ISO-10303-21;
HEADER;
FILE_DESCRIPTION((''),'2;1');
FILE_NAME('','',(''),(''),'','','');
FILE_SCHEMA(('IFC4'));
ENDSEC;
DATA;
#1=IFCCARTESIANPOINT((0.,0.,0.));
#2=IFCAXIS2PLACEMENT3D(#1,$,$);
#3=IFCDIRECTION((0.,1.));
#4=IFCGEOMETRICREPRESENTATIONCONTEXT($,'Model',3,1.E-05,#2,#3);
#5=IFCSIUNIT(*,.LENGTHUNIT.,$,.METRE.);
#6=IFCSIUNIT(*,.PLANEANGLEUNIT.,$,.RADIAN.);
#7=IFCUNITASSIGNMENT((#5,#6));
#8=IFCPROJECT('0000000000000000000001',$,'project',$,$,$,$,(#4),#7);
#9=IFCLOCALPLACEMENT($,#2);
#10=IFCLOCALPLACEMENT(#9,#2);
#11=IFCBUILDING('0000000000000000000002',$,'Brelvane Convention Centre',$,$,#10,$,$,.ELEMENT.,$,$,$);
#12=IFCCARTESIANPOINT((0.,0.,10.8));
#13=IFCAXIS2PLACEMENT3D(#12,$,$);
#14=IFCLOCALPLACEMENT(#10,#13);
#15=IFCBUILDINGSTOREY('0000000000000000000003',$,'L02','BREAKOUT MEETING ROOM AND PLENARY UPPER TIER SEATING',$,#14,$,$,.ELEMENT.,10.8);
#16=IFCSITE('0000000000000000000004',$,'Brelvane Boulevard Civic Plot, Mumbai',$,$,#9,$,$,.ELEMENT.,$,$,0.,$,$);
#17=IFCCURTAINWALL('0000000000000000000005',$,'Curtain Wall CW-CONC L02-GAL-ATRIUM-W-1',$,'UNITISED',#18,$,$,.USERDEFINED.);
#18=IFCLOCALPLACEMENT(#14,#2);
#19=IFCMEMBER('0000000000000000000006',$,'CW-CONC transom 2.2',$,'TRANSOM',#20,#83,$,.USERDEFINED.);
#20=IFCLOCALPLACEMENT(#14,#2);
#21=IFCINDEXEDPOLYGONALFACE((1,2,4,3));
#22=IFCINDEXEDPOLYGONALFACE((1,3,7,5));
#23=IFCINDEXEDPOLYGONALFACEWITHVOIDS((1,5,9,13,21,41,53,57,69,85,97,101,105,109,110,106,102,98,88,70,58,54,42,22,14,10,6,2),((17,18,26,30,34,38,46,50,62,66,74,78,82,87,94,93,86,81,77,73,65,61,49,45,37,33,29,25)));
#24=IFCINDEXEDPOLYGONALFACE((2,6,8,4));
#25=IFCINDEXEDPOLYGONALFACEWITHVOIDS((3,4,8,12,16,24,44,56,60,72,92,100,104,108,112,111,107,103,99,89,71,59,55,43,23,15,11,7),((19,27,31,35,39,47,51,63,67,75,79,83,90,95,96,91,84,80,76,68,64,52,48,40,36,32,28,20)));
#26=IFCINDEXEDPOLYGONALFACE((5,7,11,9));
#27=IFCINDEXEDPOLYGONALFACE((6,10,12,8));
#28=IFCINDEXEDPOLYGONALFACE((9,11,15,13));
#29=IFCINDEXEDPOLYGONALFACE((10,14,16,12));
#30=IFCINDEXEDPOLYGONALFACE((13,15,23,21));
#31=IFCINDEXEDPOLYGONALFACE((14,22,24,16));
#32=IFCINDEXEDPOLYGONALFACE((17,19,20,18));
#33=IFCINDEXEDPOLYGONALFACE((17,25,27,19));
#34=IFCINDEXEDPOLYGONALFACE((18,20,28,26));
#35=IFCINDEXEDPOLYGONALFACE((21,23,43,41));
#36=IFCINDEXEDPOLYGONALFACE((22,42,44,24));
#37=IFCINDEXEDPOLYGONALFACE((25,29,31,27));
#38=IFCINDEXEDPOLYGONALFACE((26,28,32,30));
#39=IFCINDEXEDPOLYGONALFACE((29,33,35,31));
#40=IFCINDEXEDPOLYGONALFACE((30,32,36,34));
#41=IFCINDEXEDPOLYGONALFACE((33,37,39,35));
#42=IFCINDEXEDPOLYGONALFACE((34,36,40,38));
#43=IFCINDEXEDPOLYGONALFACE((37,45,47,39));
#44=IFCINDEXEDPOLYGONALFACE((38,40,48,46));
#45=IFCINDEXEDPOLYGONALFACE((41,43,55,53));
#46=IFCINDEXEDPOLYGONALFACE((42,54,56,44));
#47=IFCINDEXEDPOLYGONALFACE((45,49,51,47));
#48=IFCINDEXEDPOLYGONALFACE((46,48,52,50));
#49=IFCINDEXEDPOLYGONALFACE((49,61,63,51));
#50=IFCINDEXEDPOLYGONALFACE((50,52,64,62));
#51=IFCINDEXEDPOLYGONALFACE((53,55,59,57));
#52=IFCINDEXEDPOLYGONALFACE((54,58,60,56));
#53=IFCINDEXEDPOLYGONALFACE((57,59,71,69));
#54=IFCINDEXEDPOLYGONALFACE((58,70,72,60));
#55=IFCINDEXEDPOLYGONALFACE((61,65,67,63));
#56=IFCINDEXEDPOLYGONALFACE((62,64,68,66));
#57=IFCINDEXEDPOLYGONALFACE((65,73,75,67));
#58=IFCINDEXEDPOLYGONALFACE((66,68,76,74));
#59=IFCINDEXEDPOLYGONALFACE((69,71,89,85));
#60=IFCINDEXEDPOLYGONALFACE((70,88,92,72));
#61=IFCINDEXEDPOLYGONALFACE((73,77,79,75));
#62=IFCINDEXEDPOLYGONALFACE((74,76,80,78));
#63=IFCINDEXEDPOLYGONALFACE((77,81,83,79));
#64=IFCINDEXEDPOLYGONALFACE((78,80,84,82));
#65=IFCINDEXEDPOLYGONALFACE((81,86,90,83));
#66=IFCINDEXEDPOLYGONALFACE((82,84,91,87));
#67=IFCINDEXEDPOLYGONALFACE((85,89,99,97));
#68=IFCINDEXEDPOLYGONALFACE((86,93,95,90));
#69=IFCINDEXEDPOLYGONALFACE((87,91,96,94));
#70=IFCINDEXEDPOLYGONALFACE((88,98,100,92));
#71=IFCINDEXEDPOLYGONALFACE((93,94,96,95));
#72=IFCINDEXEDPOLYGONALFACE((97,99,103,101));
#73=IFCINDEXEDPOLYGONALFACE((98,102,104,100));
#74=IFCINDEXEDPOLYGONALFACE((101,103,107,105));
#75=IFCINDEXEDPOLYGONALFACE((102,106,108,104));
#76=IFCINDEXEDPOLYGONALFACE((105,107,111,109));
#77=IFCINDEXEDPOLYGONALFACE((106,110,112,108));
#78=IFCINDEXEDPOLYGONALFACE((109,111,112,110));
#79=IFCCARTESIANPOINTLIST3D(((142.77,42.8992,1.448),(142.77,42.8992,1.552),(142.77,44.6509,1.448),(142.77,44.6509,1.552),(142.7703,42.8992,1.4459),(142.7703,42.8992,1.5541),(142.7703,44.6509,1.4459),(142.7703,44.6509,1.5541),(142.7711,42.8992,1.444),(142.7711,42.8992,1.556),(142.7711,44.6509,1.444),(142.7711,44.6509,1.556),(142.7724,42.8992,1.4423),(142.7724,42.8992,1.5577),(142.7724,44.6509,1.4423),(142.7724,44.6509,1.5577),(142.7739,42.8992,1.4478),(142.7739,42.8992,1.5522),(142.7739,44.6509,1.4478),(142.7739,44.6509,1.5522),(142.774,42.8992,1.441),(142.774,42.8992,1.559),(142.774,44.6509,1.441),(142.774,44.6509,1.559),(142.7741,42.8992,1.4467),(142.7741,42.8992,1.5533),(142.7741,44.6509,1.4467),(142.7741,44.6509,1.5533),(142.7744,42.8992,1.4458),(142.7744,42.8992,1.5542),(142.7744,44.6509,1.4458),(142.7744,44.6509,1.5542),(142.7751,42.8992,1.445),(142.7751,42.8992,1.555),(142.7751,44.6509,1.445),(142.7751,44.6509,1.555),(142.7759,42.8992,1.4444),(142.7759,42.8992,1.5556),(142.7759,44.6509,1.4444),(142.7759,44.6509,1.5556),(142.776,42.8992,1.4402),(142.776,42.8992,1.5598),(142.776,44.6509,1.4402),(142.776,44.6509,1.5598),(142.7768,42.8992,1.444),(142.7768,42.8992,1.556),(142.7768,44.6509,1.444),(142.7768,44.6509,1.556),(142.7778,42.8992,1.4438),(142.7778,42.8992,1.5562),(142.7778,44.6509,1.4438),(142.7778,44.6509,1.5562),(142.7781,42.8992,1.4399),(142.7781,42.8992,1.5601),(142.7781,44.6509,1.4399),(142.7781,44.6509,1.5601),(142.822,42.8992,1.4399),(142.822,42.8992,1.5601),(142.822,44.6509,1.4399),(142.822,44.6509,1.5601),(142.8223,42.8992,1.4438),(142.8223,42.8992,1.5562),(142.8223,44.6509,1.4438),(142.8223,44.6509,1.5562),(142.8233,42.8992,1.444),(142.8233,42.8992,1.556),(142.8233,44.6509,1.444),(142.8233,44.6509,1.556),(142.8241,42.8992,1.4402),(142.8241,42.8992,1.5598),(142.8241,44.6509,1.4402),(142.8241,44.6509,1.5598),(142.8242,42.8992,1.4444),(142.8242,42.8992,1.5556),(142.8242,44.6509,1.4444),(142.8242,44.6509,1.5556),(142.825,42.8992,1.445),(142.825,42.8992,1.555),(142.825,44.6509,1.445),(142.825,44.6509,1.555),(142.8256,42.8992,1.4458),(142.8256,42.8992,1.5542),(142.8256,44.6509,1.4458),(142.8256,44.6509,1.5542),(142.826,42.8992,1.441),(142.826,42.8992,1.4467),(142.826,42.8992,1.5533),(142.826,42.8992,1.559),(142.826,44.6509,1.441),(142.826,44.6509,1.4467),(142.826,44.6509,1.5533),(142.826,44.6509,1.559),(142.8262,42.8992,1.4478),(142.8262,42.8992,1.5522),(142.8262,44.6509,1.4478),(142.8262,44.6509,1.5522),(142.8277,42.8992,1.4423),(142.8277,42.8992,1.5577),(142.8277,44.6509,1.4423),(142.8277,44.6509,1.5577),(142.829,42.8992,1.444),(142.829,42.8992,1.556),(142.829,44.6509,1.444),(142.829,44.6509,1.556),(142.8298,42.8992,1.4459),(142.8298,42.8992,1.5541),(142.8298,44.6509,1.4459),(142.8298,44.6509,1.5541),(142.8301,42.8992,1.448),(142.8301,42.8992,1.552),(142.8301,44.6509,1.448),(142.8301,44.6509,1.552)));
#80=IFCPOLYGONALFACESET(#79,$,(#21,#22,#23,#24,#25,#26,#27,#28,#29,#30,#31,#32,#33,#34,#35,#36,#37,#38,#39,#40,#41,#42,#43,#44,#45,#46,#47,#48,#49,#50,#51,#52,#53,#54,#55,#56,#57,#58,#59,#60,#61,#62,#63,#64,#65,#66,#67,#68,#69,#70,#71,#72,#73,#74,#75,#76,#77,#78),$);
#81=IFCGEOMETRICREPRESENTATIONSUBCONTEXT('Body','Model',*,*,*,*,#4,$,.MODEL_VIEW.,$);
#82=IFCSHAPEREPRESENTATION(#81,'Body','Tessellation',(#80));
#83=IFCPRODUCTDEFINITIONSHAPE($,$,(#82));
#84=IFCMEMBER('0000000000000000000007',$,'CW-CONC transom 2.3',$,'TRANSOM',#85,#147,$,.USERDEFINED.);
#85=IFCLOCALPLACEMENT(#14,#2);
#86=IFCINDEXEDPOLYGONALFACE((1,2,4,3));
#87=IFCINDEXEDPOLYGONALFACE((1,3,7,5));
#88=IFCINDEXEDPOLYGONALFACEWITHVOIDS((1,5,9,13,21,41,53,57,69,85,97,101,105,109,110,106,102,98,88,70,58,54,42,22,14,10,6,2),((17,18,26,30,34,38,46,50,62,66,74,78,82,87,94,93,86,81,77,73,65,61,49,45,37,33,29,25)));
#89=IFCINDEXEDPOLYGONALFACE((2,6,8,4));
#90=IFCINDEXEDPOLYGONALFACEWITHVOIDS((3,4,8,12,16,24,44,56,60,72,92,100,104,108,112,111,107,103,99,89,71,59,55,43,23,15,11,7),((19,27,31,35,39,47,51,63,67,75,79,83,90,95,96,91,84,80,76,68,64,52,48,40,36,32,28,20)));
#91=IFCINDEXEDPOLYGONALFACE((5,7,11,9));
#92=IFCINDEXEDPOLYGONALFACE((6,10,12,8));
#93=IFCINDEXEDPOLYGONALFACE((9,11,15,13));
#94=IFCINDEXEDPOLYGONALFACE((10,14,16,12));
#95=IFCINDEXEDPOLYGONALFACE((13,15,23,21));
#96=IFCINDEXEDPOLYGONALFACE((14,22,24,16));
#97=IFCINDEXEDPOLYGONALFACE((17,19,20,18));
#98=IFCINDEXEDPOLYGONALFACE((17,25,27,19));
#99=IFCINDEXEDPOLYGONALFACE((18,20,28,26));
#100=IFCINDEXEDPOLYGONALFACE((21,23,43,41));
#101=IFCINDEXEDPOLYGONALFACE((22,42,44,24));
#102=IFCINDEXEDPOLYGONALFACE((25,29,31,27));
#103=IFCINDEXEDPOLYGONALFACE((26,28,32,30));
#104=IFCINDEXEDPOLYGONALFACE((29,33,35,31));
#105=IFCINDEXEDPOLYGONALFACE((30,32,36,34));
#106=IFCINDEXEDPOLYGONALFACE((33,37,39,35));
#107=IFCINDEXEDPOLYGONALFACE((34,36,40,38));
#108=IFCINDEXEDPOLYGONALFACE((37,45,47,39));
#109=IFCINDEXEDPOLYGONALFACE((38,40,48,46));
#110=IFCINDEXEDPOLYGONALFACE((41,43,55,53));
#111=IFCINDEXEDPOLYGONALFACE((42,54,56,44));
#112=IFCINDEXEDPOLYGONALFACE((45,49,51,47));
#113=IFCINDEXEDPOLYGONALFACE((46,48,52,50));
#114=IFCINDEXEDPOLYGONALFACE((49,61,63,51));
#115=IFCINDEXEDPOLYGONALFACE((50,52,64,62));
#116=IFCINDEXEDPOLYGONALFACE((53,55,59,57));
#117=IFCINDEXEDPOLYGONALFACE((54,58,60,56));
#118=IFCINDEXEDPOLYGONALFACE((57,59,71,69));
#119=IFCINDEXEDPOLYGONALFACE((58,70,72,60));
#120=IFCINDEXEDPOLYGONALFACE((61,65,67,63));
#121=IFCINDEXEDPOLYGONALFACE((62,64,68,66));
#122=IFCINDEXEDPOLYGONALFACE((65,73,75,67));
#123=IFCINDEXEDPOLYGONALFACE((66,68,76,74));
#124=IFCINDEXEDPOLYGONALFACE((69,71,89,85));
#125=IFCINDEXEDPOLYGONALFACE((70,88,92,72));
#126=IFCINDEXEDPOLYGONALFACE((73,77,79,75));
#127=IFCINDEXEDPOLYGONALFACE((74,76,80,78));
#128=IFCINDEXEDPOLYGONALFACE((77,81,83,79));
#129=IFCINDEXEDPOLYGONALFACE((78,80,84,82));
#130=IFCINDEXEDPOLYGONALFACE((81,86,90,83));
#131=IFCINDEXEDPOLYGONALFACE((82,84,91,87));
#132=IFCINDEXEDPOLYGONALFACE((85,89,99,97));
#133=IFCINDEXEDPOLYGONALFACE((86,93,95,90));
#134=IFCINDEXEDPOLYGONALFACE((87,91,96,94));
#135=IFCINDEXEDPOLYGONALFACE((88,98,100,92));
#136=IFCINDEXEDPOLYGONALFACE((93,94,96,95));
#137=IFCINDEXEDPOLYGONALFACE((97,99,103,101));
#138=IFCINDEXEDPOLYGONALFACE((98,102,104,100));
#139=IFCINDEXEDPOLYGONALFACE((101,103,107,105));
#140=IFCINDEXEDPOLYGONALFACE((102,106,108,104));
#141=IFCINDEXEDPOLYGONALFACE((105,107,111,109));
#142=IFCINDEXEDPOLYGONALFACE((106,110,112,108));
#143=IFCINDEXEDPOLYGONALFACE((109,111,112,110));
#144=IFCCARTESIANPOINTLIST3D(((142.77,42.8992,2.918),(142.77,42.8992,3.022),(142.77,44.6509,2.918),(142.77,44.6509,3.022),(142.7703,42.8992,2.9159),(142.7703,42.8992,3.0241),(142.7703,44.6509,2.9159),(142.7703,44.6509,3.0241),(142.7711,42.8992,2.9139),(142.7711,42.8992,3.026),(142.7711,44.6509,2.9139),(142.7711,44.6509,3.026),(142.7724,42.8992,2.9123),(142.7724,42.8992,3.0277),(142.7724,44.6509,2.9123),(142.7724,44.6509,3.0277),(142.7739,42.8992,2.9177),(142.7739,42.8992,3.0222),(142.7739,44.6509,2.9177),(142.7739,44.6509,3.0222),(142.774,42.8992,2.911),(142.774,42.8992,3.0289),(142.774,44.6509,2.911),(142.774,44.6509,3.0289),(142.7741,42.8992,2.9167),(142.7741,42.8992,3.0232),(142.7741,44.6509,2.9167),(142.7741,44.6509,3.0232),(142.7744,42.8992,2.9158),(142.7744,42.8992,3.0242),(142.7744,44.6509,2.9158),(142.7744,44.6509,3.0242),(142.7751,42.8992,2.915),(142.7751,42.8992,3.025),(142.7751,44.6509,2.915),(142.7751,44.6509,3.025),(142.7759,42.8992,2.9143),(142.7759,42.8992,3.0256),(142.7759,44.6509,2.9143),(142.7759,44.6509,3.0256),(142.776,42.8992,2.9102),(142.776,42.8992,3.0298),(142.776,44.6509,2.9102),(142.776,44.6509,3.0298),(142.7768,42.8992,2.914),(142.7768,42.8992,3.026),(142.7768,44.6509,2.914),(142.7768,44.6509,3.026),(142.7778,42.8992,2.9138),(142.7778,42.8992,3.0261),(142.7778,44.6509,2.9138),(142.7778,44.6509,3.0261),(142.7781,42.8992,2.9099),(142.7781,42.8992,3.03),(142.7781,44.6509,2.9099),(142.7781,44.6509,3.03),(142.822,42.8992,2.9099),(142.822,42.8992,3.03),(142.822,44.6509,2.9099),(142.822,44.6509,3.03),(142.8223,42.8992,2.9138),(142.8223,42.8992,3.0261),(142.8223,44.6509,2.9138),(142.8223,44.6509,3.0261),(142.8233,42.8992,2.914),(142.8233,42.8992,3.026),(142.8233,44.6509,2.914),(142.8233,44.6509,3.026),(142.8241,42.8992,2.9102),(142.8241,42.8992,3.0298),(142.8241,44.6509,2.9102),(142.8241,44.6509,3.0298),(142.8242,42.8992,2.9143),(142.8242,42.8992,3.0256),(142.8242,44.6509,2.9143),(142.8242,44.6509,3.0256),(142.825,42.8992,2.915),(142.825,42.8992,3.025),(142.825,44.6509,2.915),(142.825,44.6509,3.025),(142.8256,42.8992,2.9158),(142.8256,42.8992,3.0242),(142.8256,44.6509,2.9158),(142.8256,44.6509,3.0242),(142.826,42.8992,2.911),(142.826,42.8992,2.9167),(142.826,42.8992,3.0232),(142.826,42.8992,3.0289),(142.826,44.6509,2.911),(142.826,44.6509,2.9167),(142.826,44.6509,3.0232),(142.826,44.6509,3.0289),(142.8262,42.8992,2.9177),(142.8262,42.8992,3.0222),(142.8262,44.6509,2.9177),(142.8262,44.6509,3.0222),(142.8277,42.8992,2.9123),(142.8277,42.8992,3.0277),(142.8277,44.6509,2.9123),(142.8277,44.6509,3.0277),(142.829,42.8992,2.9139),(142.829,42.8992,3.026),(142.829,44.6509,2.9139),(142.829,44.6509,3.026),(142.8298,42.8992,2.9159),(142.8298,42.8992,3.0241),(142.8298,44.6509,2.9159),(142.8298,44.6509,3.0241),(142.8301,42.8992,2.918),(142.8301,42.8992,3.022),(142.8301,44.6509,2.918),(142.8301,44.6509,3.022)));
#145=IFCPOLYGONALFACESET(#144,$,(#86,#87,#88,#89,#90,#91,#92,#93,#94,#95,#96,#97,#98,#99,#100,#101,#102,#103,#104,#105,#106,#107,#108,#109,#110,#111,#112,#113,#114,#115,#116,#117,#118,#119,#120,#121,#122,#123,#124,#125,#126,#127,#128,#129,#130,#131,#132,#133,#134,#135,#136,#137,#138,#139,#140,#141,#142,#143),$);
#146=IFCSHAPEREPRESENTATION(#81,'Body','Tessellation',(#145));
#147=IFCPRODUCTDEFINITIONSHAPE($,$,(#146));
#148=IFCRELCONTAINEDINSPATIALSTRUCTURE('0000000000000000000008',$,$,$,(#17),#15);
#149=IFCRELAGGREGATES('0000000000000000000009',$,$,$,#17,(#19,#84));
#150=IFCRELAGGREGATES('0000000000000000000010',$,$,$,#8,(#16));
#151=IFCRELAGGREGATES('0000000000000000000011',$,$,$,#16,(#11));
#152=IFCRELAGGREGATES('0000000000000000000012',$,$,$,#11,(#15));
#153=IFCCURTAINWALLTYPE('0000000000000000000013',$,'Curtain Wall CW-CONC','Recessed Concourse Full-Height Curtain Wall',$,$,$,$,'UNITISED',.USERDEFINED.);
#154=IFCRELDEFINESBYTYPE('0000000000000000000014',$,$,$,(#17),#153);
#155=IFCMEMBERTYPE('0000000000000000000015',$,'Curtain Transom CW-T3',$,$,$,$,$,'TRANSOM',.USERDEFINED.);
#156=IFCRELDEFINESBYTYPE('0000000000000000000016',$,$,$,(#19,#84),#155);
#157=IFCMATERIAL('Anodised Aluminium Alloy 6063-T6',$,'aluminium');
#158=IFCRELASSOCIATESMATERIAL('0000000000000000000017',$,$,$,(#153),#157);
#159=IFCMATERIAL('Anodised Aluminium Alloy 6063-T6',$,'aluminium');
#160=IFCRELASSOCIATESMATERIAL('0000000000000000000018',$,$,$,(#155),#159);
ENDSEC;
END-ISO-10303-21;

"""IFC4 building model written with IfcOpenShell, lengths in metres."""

from ifc_helpers import new_model, si_unit, direction, frame, origin, origin_2d, place, context, subcontext, project, spatial, hollow_rectangle, extrude, material, material_profile, profile_set, type_object, element, aggregate, save


model = new_model("IFC4")

# Units and contexts
model_context = context("Model", 3, precision=1e-05, world=origin(), true_north=direction((0.0, 1.0)))
body_context = subcontext(model_context, "Body", "Model", "MODEL_VIEW")
ifc_project = project(units=[si_unit("LENGTHUNIT", "METRE"), si_unit("PLANEANGLEUNIT", "RADIAN")], contexts=[model_context])

# Site, building, storey
site_placement = place(None, origin())
site = spatial("IfcSite", under=ifc_project, at=site_placement, Name="Brelvane Boulevard Civic Plot, Mumbai", CompositionType="ELEMENT", RefElevation=0.0)
building_placement = place(site_placement, origin())
building = spatial("IfcBuilding", under=site, at=building_placement, Name="Brelvane Convention Centre", CompositionType="ELEMENT")
storey_placement = place(building_placement, frame((0.0, 0.0, 10.8)))
storey = spatial("IfcBuildingStorey", under=building, at=storey_placement, Name="L02", Description="BREAKOUT MEETING ROOM AND PLENARY UPPER TIER SEATING", CompositionType="ELEMENT", Elevation=10.8)

# Curtain wall, members
ifc_material_1 = material(Name="Anodised Aluminium Alloy 6063-T6", Category="aluminium")
curtain_wall_type = type_object("IfcCurtainWallType", Name="Curtain Wall CW-CONC", Description="Recessed Concourse Full-Height Curtain Wall", ElementType="UNITISED", PredefinedType="USERDEFINED", material=ifc_material_1)
curtain_wall_placement = place(storey_placement, origin())
curtain_wall = element("IfcCurtainWall", 1, at=curtain_wall_placement, inside=storey, type_object=curtain_wall_type, Name="Curtain Wall CW-CONC L02-GAL-ATRIUM-W-1", ObjectType="UNITISED", PredefinedType="USERDEFINED")
ifc_material_2 = material(Name="Anodised Aluminium Alloy 6063-T6", Category="aluminium")
ifc_material_profile_1 = material_profile(ifc_material_2, hollow_rectangle(XDim=0.0601, YDim=0.1201, WallThickness=0.0039, InnerFilletRadius=0.0039, OuterFilletRadius=0.0081, at=origin_2d()), Name="ALU-T 120x60x4.0")
ifc_profile_set_1 = profile_set([ifc_material_profile_1], Name="Anodised Aluminium Alloy 6063-T6")
member_type_1 = type_object("IfcMemberType", Name="Curtain Transom CW-T3", ElementType="TRANSOM", PredefinedType="USERDEFINED", material=ifc_profile_set_1)
member_1_placement = place(storey_placement, frame((142.8, 42.8992, 1.5), z_axis=(0.0, 1.0, 0.0), x_axis=(-1.0, 0.0, 0.0)))
member_1 = element("IfcMember", 2, at=member_1_placement, type_object=member_type_1, Name="CW-CONC transom 2.2", ObjectType="TRANSOM", PredefinedType="USERDEFINED", context=body_context, shape_type="SweptSolid", body=[
    extrude(hollow_rectangle(XDim=0.0601, YDim=0.1201, WallThickness=0.0039, InnerFilletRadius=0.0039, OuterFilletRadius=0.0081, at=origin_2d()), origin(), (0.0, 0.0, 1.0), 1.7517),
])
member_2_placement = place(storey_placement, frame((142.8, 42.8992, 2.97), z_axis=(0.0, 1.0, 0.0), x_axis=(-1.0, 0.0, 0.0)))
member_2 = element("IfcMember", 3, at=member_2_placement, type_object=member_type_1, Name="CW-CONC transom 2.3", ObjectType="TRANSOM", PredefinedType="USERDEFINED", context=body_context, shape_type="SweptSolid", body=[
    extrude(hollow_rectangle(XDim=0.0601, YDim=0.1201, WallThickness=0.0039, InnerFilletRadius=0.0039, OuterFilletRadius=0.0081, at=origin_2d()), origin(), (0.0, 0.0, 1.0), 1.7517),
])
aggregate(curtain_wall, [member_1, member_2])

save(model, "model.ifc")
